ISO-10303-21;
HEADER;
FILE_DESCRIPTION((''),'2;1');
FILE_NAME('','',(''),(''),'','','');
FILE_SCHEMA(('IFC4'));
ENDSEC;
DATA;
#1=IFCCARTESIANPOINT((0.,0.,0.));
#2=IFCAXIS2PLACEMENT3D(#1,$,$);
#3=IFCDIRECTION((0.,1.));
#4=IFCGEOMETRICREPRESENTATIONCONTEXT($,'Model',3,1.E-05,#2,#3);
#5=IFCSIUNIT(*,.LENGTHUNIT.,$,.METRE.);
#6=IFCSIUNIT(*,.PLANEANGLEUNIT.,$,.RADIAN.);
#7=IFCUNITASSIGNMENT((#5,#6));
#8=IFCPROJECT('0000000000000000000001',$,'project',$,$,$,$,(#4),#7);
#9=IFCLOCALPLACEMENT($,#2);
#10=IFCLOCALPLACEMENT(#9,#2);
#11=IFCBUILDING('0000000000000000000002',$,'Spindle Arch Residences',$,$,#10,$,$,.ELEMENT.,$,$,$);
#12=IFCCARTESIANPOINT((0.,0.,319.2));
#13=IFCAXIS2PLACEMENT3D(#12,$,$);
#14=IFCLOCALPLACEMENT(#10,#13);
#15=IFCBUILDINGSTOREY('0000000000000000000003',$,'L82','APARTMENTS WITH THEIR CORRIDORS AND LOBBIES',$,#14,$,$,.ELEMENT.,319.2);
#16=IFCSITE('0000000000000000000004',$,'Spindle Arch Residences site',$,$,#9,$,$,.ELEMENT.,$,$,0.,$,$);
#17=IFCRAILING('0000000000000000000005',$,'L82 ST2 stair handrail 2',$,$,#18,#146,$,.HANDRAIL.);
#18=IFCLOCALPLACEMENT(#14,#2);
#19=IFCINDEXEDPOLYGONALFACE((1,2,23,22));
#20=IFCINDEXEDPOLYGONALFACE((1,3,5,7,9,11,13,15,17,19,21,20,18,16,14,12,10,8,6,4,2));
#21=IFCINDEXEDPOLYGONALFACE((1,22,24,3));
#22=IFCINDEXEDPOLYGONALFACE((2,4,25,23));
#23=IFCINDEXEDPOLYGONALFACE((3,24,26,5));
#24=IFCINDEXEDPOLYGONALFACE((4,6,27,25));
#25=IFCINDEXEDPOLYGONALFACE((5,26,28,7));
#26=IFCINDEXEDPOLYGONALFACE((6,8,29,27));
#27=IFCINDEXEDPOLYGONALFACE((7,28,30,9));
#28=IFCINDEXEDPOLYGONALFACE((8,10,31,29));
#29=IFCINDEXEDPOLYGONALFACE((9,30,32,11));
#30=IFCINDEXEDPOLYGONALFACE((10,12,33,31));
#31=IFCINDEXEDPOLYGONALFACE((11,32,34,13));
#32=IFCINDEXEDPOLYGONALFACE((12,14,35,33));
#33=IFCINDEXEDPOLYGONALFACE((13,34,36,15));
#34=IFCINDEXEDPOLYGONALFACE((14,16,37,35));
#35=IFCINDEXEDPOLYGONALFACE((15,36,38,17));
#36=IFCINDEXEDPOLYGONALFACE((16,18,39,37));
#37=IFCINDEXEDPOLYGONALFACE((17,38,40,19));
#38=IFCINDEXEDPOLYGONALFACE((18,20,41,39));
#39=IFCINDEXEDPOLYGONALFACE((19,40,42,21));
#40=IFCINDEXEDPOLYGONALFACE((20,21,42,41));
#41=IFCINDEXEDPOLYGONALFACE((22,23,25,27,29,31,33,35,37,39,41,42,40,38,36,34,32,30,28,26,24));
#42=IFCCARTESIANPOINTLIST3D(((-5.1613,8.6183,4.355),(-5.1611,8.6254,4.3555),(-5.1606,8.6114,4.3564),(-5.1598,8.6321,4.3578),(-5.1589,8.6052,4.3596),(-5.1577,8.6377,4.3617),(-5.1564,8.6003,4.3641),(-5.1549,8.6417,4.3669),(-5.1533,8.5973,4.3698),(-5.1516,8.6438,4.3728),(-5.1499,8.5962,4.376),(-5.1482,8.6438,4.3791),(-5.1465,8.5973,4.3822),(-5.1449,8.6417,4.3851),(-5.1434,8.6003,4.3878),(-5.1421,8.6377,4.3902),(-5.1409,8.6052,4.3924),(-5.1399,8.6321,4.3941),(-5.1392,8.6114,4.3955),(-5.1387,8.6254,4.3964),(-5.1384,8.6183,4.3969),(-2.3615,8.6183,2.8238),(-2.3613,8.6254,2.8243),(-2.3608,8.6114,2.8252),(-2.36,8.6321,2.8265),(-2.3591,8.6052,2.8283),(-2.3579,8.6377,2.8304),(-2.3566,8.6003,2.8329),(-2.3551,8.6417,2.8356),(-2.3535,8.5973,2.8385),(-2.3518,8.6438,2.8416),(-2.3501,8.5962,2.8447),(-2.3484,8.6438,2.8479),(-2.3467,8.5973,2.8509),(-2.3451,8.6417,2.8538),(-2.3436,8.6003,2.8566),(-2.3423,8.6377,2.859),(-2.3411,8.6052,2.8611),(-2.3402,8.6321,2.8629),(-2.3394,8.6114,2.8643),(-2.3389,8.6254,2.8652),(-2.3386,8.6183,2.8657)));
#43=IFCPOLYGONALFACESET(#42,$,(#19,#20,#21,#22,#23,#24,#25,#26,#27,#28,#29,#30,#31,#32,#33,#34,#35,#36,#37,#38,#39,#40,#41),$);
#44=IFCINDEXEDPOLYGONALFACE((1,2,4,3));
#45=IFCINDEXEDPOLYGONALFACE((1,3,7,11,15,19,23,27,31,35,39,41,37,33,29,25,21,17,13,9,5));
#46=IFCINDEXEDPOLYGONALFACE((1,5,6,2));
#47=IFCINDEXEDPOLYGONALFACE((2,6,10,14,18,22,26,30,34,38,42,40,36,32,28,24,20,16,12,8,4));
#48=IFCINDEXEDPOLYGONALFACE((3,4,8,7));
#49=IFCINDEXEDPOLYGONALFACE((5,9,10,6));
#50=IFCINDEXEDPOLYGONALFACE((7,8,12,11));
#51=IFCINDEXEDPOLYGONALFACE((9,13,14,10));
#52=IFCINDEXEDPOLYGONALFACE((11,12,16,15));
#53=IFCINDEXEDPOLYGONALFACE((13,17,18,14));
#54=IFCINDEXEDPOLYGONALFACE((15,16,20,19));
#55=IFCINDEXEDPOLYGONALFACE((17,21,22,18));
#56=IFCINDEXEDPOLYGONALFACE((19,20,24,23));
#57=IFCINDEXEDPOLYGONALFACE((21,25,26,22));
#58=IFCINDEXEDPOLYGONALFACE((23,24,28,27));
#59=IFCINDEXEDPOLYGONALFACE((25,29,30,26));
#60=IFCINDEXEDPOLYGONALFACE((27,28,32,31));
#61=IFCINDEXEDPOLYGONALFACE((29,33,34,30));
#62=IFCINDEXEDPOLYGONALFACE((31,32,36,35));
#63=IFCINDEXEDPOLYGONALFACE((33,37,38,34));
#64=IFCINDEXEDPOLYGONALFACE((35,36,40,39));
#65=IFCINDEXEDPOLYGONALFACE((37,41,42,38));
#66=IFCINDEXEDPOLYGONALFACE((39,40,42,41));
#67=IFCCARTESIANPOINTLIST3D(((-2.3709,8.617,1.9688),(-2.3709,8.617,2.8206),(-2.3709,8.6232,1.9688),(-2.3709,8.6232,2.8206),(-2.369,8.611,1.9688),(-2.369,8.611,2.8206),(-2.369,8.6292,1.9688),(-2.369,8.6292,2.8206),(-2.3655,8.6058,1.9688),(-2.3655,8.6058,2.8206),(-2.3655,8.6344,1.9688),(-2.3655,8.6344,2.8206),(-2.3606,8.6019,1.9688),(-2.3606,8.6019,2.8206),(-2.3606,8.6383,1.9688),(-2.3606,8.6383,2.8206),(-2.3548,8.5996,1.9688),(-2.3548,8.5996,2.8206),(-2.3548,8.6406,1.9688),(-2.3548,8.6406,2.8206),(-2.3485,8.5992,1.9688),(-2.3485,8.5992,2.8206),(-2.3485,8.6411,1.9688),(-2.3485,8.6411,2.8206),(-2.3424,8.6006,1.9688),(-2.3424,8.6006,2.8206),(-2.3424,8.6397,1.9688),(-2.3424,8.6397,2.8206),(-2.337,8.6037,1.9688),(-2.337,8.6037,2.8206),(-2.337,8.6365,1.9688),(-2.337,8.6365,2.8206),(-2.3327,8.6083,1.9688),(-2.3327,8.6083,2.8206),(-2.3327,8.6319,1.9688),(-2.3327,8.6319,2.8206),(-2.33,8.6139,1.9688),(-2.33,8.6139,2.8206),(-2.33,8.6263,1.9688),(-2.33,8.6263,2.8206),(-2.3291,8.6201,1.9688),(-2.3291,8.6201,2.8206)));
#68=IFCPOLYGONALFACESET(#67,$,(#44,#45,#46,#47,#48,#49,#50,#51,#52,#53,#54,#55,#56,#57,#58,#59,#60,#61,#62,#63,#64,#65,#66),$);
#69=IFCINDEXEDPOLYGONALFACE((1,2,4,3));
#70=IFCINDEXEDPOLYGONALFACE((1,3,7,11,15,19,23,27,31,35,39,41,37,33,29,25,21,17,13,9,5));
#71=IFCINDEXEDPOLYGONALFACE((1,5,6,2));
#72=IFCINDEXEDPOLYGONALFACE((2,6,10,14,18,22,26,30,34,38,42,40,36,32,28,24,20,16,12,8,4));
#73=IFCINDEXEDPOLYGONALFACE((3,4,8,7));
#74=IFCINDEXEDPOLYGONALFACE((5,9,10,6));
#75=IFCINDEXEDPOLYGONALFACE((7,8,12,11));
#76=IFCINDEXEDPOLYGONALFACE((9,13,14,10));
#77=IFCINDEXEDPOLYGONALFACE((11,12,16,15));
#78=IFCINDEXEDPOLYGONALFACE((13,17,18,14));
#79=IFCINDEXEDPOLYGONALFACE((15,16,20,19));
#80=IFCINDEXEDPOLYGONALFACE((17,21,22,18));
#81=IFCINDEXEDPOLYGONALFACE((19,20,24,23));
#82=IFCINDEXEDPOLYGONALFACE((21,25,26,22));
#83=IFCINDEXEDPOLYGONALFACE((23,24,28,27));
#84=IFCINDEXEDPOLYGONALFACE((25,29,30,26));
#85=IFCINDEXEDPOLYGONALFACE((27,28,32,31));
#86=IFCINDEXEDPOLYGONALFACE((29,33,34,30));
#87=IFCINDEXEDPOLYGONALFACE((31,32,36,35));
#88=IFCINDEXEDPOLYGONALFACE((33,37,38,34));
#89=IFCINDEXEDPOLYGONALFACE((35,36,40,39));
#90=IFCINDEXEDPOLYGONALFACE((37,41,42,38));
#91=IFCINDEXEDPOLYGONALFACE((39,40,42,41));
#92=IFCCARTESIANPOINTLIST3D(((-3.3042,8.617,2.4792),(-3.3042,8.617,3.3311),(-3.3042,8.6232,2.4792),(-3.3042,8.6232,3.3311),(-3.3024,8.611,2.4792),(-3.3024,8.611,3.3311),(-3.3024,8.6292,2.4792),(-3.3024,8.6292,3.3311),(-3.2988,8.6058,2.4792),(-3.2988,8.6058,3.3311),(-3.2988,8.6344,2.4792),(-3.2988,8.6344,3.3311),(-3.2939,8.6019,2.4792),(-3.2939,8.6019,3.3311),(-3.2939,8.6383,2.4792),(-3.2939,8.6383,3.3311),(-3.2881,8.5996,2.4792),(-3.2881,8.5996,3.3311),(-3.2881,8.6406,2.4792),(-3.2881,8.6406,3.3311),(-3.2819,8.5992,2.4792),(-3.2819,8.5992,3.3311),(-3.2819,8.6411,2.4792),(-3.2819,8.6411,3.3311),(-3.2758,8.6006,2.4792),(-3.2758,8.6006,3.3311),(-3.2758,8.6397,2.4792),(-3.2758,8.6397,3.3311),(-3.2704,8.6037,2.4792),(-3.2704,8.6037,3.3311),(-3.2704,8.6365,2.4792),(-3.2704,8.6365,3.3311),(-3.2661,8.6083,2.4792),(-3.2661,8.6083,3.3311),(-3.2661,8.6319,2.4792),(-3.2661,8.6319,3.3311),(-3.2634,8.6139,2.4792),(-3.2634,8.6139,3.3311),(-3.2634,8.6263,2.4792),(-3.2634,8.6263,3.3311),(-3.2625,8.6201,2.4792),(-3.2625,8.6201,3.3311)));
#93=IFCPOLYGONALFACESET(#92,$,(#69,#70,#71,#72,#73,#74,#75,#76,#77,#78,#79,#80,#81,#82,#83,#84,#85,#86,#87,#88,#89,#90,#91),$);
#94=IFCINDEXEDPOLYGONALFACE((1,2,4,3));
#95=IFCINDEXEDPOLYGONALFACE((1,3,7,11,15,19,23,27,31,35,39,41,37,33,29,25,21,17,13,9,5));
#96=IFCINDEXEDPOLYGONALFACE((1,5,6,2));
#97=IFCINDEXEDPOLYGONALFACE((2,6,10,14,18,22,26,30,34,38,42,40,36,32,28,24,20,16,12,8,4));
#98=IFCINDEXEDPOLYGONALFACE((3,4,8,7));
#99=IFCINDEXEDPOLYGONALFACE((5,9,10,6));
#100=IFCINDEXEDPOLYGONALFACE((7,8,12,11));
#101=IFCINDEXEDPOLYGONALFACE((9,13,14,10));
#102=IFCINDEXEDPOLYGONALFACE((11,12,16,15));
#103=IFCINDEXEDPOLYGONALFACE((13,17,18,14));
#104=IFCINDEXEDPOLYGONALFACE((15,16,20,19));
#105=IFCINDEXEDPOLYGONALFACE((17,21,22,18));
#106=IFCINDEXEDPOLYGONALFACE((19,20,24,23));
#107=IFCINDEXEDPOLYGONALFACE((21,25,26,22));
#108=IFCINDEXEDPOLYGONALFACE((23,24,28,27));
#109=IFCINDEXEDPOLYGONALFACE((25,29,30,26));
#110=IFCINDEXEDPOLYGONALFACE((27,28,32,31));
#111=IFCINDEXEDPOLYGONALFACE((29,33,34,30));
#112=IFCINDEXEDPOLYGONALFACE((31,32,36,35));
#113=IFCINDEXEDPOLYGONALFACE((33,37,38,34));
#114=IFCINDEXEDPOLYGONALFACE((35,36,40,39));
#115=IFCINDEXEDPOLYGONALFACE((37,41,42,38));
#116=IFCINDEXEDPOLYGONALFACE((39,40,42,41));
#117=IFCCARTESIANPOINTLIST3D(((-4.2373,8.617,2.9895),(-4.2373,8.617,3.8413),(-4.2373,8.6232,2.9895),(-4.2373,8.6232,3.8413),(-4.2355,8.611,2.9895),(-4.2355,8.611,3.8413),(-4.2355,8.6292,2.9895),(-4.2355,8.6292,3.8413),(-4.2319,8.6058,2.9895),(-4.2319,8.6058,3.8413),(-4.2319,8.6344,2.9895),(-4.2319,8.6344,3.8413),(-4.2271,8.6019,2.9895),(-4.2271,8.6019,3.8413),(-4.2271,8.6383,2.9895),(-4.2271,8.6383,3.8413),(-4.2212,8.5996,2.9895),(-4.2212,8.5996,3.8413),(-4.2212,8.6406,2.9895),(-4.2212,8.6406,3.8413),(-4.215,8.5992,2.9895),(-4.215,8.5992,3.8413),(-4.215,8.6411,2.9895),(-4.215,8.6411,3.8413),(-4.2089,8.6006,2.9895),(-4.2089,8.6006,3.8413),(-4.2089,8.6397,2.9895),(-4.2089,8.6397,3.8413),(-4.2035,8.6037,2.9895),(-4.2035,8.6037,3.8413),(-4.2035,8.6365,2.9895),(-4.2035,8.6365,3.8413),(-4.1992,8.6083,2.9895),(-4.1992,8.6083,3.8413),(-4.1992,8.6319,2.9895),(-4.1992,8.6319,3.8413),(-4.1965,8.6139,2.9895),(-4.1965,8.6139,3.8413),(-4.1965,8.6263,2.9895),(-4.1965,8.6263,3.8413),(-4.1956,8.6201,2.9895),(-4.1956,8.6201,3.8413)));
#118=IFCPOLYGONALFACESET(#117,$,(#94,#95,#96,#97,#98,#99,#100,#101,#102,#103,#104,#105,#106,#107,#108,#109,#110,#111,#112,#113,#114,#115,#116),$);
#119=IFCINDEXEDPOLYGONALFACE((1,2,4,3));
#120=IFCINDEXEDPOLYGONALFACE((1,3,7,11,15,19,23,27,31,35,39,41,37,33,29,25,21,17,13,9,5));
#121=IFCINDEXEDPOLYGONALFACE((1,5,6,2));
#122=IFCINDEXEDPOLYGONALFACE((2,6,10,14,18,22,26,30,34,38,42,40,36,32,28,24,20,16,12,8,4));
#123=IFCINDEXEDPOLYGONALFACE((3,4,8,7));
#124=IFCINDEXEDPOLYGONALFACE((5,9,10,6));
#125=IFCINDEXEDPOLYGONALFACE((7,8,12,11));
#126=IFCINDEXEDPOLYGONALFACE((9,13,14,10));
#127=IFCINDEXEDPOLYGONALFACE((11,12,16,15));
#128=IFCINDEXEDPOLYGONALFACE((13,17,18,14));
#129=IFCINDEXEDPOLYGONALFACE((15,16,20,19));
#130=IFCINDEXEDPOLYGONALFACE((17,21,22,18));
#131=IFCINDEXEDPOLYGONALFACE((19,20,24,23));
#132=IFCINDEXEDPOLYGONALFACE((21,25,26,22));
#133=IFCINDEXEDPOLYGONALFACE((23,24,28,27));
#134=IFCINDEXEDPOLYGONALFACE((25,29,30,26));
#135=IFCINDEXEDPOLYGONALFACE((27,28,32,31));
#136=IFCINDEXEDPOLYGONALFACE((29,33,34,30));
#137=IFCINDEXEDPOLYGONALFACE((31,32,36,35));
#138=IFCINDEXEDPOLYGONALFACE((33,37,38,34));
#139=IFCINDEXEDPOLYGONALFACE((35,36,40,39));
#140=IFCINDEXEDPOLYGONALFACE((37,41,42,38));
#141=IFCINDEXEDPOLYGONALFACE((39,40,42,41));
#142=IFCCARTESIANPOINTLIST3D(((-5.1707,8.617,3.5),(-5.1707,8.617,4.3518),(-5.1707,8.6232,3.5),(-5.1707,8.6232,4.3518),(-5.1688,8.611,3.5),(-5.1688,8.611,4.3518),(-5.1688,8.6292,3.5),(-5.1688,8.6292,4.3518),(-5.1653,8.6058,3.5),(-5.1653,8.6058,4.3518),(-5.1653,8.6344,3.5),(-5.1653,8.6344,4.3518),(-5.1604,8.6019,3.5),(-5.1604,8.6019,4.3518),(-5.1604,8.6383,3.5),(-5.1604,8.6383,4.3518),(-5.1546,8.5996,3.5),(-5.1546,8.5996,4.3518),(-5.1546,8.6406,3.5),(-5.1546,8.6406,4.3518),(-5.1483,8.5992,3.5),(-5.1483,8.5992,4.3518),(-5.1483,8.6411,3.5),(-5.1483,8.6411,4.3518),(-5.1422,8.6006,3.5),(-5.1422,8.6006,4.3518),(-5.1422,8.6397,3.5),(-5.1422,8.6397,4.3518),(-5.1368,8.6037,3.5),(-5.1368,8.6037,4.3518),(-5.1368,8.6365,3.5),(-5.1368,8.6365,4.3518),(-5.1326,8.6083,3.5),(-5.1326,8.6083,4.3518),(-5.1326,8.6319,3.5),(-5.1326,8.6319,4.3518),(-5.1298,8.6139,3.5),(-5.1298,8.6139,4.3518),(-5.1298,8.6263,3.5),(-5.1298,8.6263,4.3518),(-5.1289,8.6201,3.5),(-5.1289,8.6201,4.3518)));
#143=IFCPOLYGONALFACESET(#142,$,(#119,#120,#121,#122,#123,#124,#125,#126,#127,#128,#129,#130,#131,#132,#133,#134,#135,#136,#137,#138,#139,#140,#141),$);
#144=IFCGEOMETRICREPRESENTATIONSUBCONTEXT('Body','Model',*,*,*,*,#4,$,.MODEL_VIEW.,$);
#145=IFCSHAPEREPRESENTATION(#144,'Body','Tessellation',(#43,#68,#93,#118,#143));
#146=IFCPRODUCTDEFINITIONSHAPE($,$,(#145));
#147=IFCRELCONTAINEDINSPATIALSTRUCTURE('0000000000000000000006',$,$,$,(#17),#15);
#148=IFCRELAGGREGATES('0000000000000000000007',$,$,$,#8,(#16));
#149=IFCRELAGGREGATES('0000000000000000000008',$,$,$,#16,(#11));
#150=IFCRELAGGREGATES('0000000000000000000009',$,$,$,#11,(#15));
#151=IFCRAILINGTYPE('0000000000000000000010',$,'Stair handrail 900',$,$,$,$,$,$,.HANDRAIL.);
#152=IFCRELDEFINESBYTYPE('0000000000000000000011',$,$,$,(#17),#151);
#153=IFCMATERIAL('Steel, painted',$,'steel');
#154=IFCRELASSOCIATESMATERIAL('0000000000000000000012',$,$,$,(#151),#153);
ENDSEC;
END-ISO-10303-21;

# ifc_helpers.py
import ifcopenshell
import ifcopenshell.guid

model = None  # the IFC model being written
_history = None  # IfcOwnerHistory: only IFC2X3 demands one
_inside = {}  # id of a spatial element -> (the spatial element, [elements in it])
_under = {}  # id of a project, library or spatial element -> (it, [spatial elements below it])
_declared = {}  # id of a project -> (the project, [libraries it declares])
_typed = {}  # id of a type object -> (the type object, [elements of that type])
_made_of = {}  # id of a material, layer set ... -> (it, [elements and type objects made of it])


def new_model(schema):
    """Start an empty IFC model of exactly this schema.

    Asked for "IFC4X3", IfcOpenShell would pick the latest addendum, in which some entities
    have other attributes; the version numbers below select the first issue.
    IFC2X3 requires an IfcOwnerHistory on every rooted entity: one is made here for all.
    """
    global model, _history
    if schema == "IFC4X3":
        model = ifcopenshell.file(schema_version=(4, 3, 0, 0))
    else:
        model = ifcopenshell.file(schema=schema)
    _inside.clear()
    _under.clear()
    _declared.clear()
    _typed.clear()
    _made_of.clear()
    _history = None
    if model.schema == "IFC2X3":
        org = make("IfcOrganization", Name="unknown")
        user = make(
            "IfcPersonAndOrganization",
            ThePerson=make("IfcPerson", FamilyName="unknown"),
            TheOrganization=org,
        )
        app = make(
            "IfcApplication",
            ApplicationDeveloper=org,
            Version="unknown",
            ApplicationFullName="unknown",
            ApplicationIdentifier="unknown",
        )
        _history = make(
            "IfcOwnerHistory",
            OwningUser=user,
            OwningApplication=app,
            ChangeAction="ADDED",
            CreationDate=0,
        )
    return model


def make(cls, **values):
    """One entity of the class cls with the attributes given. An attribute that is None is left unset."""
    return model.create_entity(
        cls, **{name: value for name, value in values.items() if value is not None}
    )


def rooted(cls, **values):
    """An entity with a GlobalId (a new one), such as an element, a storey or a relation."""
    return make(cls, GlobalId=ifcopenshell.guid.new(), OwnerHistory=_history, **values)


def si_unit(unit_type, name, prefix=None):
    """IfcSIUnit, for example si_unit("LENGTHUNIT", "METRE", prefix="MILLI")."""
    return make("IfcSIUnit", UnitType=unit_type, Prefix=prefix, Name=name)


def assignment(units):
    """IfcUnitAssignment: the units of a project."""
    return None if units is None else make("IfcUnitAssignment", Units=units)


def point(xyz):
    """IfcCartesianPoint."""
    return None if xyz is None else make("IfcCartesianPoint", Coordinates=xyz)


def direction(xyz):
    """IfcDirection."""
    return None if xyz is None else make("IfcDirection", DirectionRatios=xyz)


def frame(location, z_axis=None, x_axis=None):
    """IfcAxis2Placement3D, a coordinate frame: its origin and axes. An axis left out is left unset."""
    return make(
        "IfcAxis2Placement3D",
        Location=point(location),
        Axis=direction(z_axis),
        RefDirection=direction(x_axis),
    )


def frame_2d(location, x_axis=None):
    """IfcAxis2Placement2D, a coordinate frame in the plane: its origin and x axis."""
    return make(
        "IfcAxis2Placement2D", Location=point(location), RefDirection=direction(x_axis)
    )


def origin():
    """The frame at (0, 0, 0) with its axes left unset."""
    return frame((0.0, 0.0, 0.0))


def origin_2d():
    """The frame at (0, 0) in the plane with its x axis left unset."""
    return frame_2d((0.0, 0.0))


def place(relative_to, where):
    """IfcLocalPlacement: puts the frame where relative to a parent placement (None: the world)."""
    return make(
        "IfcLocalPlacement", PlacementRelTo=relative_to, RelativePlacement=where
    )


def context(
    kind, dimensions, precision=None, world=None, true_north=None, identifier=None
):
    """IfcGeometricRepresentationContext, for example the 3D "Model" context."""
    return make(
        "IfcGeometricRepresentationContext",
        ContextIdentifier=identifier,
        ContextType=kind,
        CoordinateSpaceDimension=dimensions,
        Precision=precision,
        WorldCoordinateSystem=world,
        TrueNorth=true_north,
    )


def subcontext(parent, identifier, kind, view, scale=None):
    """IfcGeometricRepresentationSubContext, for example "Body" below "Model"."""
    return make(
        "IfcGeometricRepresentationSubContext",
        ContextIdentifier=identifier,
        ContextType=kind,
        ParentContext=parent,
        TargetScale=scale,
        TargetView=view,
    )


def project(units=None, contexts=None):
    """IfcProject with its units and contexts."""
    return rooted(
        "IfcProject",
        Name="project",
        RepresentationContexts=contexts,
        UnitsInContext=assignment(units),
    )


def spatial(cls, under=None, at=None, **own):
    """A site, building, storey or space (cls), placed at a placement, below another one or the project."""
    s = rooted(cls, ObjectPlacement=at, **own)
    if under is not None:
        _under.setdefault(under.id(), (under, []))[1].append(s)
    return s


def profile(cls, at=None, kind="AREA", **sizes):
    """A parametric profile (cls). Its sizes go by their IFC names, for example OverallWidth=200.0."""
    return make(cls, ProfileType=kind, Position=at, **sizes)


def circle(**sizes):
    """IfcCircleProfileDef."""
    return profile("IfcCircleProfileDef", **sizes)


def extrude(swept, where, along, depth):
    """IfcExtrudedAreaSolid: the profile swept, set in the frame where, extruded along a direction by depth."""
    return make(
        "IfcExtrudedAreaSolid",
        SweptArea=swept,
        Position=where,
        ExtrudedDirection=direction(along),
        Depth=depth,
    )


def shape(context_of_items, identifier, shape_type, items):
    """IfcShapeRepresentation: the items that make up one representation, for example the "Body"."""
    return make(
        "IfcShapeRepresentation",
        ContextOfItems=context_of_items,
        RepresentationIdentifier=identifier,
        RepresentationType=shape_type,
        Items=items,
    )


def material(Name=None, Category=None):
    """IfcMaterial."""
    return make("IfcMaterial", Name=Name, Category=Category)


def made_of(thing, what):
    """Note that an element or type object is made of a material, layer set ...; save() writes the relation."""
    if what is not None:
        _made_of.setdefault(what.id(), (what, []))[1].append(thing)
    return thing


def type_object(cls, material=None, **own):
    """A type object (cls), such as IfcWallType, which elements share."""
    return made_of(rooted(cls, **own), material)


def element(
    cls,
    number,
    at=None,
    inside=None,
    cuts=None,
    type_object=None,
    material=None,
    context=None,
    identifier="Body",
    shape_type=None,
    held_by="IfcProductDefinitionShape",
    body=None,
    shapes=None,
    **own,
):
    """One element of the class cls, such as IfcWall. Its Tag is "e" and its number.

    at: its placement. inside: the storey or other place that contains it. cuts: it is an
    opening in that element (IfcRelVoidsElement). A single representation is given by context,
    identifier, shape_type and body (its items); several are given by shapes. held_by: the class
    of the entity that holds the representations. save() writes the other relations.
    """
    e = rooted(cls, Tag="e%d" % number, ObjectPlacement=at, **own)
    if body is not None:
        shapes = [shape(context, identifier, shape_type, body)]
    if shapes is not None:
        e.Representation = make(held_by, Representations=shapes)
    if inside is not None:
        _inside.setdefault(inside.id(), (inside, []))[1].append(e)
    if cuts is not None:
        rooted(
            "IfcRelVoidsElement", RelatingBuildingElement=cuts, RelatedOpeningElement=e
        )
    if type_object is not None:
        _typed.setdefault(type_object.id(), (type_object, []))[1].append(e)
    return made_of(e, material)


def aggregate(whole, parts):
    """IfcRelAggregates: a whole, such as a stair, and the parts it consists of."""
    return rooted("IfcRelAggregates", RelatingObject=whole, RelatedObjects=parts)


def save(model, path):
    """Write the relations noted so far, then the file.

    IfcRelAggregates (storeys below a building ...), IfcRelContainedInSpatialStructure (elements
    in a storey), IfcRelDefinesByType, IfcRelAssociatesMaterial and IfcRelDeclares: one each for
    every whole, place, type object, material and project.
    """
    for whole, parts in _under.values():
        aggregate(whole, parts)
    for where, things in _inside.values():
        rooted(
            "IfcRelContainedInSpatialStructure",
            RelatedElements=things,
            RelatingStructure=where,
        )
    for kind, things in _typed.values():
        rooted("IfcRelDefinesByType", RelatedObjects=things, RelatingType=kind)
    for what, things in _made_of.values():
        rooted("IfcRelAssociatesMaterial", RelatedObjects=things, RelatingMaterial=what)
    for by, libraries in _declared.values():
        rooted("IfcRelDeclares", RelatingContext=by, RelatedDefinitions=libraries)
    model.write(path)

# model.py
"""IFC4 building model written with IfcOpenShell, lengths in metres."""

from ifc_helpers import new_model, si_unit, direction, frame, origin, origin_2d, place, context, subcontext, project, spatial, circle, extrude, material, type_object, element, save


model = new_model("IFC4")

# Units and contexts
model_context = context("Model", 3, precision=1e-05, world=origin(), true_north=direction((0.0, 1.0)))
body_context = subcontext(model_context, "Body", "Model", "MODEL_VIEW")
ifc_project = project(units=[si_unit("LENGTHUNIT", "METRE"), si_unit("PLANEANGLEUNIT", "RADIAN")], contexts=[model_context])

# Site, building, storey
site_placement = place(None, origin())
site = spatial("IfcSite", under=ifc_project, at=site_placement, Name="Spindle Arch Residences site", CompositionType="ELEMENT", RefElevation=0.0)
building_placement = place(site_placement, origin())
building = spatial("IfcBuilding", under=site, at=building_placement, Name="Spindle Arch Residences", CompositionType="ELEMENT")
storey_placement = place(building_placement, frame((0.0, 0.0, 319.2)))
storey = spatial("IfcBuildingStorey", under=building, at=storey_placement, Name="L82", Description="APARTMENTS WITH THEIR CORRIDORS AND LOBBIES", CompositionType="ELEMENT", Elevation=319.2)

# Railing
ifc_material_1 = material(Name="Steel, painted", Category="steel")
railing_type_1 = type_object("IfcRailingType", Name="Stair handrail 900", PredefinedType="HANDRAIL", material=ifc_material_1)
railing_1_placement = place(storey_placement, frame((-2.3501, 8.6201, 1.9688)))
element("IfcRailing", 1, at=railing_1_placement, inside=storey, type_object=railing_type_1, Name="L82 ST2 stair handrail 2", PredefinedType="HANDRAIL", context=body_context, shape_type="SweptSolid", body=[
    extrude(circle(Radius=0.0239, at=origin_2d()), frame((0.0, 0.0, 0.876), z_axis=(-0.877357, 0.0, 0.479838), x_axis=(0.0, -1.0, 0.0)), (0.0, 0.0, 1.0), 3.1912),
    extrude(circle(Radius=0.021, at=origin_2d()), origin(), (0.0, 0.0, 1.0), 0.8518),
    extrude(circle(Radius=0.021, at=origin_2d()), frame((-0.9333, 0.0, 0.5105)), (0.0, 0.0, 1.0), 0.8518),
    extrude(circle(Radius=0.021, at=origin_2d()), frame((-1.8665, 0.0, 1.0208)), (0.0, 0.0, 1.0), 0.8518),
    extrude(circle(Radius=0.021, at=origin_2d()), frame((-2.7998, 0.0, 1.5312)), (0.0, 0.0, 1.0), 0.8518),
])

save(model, "model.ifc")
